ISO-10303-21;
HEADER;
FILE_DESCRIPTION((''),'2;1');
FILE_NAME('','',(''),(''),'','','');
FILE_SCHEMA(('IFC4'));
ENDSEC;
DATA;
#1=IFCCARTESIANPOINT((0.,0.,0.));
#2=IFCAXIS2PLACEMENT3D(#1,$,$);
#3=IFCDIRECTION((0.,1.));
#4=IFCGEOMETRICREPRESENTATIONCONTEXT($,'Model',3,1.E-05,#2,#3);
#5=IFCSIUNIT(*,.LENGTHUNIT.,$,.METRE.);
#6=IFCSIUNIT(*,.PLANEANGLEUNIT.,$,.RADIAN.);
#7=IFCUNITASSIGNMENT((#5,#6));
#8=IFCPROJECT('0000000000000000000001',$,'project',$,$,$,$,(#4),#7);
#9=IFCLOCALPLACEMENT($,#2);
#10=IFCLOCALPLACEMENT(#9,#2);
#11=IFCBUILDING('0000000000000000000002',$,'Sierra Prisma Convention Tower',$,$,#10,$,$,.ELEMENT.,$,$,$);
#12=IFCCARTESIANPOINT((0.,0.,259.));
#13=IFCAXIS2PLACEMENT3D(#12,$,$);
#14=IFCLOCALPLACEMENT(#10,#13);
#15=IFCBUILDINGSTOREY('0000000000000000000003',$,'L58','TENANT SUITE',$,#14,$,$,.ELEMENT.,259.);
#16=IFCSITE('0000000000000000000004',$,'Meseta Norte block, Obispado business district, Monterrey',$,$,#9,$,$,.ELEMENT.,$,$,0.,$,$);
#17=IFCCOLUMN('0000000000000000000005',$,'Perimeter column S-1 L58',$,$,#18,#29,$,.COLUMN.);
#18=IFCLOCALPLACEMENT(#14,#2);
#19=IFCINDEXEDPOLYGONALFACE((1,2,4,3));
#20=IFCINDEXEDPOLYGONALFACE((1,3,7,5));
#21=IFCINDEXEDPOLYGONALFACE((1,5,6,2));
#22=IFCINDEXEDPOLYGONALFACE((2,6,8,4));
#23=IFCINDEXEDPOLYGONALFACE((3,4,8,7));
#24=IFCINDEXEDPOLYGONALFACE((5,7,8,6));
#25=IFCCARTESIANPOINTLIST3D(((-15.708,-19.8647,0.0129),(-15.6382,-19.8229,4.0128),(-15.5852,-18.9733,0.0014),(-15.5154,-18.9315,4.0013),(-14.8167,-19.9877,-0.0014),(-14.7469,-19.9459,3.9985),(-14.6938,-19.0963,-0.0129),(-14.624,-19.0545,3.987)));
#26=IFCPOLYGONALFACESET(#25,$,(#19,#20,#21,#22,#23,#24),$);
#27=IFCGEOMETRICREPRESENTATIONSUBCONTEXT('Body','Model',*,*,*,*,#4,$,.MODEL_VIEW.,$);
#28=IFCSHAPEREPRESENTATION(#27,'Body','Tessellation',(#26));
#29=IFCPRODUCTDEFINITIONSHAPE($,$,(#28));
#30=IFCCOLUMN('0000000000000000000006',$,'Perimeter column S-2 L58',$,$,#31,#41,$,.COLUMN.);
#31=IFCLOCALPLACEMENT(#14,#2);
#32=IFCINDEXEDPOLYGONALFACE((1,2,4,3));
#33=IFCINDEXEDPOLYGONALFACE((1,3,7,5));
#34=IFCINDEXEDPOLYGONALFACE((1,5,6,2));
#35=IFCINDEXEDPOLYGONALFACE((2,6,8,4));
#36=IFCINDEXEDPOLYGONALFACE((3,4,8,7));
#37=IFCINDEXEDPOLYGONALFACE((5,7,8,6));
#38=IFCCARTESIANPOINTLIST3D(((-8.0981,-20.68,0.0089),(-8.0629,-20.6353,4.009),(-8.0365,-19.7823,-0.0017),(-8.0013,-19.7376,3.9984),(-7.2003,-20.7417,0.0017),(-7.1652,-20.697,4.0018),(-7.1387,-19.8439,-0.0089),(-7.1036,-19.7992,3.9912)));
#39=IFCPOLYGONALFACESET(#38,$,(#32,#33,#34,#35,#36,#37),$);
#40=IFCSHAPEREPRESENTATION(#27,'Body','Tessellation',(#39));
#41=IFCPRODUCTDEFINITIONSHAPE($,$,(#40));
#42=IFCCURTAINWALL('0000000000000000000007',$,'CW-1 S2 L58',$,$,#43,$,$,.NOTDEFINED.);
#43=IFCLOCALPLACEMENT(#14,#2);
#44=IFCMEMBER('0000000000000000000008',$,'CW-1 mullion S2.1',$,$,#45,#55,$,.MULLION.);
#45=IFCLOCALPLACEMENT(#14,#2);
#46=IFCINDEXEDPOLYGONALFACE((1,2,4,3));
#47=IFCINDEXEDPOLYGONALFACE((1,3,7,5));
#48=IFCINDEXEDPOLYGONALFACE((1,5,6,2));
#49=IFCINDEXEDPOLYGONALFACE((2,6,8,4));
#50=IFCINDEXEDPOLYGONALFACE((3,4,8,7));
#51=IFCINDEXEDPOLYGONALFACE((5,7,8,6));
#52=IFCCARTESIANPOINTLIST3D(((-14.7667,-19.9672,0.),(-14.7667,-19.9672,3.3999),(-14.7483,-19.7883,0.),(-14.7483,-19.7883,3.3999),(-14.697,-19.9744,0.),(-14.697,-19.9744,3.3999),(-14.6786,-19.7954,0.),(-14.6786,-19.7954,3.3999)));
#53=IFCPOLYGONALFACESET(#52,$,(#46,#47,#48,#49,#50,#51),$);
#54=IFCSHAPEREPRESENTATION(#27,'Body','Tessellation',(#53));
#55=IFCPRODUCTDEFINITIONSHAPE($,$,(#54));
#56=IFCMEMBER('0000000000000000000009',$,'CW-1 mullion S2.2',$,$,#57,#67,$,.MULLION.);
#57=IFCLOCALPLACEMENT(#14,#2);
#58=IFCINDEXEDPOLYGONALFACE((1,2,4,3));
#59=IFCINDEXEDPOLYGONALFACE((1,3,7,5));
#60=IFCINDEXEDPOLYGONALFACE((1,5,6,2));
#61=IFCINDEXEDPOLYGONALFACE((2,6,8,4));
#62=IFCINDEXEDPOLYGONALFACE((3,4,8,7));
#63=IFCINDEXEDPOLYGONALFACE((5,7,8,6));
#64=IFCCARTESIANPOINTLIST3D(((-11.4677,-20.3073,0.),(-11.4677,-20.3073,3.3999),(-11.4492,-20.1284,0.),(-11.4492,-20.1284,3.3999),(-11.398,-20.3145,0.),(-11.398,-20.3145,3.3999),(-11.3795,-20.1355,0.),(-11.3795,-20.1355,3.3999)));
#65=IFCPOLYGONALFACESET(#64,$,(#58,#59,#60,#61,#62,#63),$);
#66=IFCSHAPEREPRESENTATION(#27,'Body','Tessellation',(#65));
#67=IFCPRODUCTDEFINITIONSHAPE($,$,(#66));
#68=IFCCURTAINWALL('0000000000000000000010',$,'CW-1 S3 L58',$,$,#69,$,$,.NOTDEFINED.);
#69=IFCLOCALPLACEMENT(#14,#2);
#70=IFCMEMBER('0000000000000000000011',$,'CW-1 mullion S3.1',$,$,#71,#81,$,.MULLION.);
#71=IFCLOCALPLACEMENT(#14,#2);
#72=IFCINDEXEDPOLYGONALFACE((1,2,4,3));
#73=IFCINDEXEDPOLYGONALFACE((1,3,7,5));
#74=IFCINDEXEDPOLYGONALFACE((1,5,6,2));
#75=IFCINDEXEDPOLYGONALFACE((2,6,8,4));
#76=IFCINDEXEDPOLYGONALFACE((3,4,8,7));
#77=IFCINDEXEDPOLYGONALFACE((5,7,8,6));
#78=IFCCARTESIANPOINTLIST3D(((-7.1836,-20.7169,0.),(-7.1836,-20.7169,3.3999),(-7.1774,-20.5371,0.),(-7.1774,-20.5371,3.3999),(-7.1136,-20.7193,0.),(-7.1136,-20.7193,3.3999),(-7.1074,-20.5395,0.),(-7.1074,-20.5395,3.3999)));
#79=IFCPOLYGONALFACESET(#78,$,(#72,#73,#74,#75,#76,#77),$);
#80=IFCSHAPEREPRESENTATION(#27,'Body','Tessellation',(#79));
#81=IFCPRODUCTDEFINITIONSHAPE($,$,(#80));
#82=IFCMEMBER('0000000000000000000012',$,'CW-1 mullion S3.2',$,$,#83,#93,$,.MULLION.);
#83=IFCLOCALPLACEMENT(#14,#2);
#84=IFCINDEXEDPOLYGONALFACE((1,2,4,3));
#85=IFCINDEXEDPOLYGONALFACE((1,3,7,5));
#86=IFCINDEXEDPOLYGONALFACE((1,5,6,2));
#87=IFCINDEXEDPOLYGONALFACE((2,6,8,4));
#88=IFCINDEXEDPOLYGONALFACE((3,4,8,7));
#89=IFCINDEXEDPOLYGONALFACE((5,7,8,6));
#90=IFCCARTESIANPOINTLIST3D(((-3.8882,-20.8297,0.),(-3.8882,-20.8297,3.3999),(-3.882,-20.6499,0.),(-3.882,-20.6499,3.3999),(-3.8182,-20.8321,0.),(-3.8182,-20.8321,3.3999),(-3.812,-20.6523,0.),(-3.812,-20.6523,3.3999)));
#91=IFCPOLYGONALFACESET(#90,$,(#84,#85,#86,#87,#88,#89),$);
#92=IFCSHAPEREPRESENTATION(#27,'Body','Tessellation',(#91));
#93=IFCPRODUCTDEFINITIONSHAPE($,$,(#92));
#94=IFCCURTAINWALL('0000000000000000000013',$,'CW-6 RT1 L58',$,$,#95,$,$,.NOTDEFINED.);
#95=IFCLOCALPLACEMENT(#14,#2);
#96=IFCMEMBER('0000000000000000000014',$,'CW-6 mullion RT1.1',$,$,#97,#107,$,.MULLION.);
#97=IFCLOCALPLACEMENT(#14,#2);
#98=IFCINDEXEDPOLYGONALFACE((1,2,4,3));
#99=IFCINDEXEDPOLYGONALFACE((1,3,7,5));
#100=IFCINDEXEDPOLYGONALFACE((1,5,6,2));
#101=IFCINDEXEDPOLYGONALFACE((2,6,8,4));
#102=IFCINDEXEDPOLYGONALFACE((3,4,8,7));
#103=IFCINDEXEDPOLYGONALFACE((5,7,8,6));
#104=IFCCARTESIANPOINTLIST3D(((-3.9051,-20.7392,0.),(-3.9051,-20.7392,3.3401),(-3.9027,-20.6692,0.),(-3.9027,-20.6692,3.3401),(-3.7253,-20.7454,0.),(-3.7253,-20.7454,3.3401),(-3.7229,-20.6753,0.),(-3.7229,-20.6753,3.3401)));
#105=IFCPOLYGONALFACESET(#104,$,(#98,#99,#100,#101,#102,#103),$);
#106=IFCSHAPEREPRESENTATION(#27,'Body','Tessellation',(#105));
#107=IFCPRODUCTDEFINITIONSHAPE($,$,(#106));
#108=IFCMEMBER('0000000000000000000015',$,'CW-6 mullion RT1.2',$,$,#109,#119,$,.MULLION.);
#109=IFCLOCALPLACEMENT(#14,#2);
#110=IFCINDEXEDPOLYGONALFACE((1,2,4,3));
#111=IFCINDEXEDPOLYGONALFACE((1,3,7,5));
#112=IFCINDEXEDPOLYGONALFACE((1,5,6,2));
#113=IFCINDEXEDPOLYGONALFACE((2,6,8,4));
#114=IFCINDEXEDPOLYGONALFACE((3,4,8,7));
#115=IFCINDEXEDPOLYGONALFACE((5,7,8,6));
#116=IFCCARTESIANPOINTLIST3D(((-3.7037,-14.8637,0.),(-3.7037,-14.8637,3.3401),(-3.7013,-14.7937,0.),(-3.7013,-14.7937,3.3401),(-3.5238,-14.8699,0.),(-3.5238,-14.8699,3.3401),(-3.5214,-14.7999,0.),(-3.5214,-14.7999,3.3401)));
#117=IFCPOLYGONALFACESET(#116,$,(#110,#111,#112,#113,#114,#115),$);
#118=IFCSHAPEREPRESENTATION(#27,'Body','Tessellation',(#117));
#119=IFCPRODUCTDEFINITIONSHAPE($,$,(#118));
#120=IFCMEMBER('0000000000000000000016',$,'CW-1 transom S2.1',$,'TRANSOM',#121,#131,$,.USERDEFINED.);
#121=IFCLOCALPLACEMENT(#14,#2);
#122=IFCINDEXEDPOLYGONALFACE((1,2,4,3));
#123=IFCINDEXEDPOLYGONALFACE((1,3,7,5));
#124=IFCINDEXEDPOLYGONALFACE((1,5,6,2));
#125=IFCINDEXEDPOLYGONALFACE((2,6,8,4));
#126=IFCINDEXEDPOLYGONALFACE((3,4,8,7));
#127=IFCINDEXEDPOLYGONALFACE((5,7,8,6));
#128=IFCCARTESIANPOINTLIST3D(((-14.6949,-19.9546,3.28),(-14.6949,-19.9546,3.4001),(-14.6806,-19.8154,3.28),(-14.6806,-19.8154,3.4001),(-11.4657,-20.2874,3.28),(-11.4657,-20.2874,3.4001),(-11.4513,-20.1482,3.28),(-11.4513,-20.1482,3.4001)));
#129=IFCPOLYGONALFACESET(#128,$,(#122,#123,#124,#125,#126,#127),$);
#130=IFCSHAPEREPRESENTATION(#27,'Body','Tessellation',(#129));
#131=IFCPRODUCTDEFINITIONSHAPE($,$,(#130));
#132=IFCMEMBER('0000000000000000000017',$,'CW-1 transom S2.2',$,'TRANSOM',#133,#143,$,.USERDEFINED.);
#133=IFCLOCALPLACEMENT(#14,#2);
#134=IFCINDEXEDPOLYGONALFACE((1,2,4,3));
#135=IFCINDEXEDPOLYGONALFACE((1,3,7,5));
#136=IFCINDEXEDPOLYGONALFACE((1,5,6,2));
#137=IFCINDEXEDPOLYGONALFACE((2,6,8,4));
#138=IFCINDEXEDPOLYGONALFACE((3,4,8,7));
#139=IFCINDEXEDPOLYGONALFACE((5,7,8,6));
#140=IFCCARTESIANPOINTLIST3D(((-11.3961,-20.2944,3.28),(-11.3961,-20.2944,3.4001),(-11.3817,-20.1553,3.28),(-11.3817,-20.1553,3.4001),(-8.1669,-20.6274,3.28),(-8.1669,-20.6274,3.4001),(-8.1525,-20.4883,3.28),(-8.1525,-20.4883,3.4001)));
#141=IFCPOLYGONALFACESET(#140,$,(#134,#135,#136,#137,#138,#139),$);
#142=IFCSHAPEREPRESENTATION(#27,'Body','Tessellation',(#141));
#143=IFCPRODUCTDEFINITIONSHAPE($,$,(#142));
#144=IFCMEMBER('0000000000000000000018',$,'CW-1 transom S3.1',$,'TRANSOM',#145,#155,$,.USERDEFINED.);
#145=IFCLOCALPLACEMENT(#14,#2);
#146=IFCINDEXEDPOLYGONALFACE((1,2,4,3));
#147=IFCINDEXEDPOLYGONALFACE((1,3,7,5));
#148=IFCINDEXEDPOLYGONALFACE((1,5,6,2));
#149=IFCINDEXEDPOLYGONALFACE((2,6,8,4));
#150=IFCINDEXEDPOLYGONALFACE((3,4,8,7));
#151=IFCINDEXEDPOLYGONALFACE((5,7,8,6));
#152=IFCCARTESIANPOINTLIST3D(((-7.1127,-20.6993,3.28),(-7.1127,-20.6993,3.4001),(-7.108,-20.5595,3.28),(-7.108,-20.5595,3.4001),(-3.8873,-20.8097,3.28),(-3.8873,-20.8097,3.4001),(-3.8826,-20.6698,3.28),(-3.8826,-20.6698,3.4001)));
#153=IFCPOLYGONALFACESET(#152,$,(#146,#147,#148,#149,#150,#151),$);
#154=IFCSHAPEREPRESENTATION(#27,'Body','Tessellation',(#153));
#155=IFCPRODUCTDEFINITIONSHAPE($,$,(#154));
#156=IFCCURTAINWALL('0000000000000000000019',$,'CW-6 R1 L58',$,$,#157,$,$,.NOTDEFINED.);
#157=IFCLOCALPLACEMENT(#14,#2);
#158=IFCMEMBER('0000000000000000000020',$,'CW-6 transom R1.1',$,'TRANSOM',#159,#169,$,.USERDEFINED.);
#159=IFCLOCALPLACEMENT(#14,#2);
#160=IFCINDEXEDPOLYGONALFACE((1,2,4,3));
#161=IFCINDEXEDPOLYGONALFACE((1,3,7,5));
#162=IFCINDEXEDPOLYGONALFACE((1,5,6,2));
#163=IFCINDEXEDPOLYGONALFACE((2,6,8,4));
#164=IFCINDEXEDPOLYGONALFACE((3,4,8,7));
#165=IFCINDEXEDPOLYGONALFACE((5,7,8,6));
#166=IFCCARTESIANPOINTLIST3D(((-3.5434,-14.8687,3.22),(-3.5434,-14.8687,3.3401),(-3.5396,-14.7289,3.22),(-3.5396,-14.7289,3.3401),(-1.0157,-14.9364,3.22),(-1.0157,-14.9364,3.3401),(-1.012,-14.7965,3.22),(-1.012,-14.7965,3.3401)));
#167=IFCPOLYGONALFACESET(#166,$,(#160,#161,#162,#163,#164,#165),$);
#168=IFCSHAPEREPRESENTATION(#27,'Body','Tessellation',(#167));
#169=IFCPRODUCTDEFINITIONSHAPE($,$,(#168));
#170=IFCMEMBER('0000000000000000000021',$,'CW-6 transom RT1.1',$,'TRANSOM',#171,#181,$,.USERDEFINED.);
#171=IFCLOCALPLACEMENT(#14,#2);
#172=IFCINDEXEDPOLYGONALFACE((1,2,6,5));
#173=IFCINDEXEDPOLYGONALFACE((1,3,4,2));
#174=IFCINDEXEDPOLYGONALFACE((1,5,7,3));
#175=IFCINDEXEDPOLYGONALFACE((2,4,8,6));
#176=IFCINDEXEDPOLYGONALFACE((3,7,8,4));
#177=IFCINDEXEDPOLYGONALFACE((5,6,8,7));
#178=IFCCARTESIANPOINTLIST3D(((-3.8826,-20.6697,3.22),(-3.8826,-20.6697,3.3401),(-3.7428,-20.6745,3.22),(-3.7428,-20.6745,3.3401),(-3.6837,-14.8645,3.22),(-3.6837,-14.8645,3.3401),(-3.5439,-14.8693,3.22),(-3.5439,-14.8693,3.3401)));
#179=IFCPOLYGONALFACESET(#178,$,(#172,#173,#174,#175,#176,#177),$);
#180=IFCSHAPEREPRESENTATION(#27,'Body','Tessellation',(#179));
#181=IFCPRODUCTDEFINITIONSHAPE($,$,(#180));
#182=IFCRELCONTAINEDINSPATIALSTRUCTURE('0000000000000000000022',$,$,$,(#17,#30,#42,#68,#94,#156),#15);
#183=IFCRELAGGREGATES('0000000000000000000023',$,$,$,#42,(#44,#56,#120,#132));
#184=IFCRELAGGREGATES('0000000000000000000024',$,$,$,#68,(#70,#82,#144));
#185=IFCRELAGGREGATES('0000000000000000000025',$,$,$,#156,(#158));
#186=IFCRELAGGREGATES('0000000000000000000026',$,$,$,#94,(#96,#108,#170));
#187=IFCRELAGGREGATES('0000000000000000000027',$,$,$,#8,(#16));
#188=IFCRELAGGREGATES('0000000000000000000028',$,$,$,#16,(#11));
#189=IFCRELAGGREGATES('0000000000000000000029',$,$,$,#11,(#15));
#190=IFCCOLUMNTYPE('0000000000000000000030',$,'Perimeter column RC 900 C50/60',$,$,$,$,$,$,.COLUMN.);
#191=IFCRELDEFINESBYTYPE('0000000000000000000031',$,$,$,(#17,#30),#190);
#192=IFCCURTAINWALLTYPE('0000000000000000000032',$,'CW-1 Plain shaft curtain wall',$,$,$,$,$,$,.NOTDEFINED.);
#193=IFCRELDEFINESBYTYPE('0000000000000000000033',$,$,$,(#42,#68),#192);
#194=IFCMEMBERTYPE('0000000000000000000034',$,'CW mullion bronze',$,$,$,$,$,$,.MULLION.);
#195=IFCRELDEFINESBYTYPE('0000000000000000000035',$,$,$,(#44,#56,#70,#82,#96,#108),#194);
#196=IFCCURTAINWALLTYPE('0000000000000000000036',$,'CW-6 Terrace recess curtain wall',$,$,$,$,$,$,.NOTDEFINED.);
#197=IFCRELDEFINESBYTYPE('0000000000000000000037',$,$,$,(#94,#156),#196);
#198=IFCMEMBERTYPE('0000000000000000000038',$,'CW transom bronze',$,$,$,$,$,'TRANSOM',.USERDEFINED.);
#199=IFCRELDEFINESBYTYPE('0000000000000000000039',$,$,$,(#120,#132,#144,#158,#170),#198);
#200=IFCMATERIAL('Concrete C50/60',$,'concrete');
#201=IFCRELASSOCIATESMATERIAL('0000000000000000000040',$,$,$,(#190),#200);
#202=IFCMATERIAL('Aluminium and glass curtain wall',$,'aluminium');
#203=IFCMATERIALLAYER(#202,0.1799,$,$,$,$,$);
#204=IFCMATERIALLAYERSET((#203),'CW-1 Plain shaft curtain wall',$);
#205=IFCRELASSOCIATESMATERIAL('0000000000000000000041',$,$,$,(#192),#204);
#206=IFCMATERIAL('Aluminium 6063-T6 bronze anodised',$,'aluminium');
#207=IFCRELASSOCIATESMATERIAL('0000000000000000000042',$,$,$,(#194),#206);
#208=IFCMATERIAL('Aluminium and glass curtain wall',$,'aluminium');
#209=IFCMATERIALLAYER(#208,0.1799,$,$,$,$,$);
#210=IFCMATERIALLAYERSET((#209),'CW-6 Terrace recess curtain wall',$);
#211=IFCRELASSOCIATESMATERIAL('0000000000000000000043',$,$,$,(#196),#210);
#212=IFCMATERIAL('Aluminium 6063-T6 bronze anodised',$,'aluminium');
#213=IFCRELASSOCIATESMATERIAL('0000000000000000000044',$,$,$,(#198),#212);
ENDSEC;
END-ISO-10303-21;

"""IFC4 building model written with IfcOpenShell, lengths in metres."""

from ifc_helpers import new_model, si_unit, direction, frame, origin, origin_2d, place, context, subcontext, project, spatial, rectangle, extrude, material, layer, layer_set, material_profile, profile_set, type_object, element, aggregate, save


model = new_model("IFC4")

# Units and contexts
model_context = context("Model", 3, precision=1e-05, world=origin(), true_north=direction((0.0, 1.0)))
body_context = subcontext(model_context, "Body", "Model", "MODEL_VIEW")
ifc_project = project(units=[si_unit("LENGTHUNIT", "METRE"), si_unit("PLANEANGLEUNIT", "RADIAN")], contexts=[model_context])

# Site, building, storey
site_placement = place(None, origin())
site = spatial("IfcSite", under=ifc_project, at=site_placement, Name="Meseta Norte block, Obispado business district, Monterrey", CompositionType="ELEMENT", RefElevation=0.0)
building_placement = place(site_placement, origin())
building = spatial("IfcBuilding", under=site, at=building_placement, Name="Sierra Prisma Convention Tower", CompositionType="ELEMENT")
storey_placement = place(building_placement, frame((0.0, 0.0, 259.0)))
storey = spatial("IfcBuildingStorey", under=building, at=storey_placement, Name="L58", Description="TENANT SUITE", CompositionType="ELEMENT", Elevation=259.0)

# Columns
ifc_material_1 = material(Name="Concrete C50/60", Category="concrete")
ifc_material_profile_1 = material_profile(ifc_material_1, rectangle(XDim=0.8999, YDim=0.8999, at=origin_2d()), Name="Perimeter column RC 900 C50/60")
ifc_profile_set_1 = profile_set([ifc_material_profile_1], Name="Concrete C50/60")
column_type = type_object("IfcColumnType", Name="Perimeter column RC 900 C50/60", PredefinedType="COLUMN", material=ifc_profile_set_1)
column_1_placement = place(storey_placement, frame((-15.2009, -19.4805, 0.0), z_axis=(0.017452, 0.010435, 0.999793), x_axis=(-0.990486, 0.136693, 0.015863)))
element("IfcColumn", 1, at=column_1_placement, inside=storey, type_object=column_type, Name="Perimeter column S-1 L58", PredefinedType="COLUMN", context=body_context, shape_type="SweptSolid", body=[
    extrude(rectangle(XDim=0.8999, YDim=0.8999, at=origin_2d()), origin(), (0.0, 0.0, 1.0), 4.0007),
])
column_2_placement = place(storey_placement, frame((-7.6184, -20.262, 0.0), z_axis=(0.008788, 0.011168, 0.999899), x_axis=(-0.997618, 0.068513, 0.008003)))
element("IfcColumn", 2, at=column_2_placement, inside=storey, type_object=column_type, Name="Perimeter column S-2 L58", PredefinedType="COLUMN", context=body_context, shape_type="SweptSolid", body=[
    extrude(rectangle(XDim=0.8999, YDim=0.8999, at=origin_2d()), origin(), (0.0, 0.0, 1.0), 4.0005),
])

# Curtain walls, members
ifc_material_2 = material(Name="Aluminium and glass curtain wall", Category="aluminium")
ifc_layer_1 = layer(ifc_material_2, 0.1799)
ifc_layer_set_1 = layer_set([ifc_layer_1], Name="CW-1 Plain shaft curtain wall")
curtain_wall_type_1 = type_object("IfcCurtainWallType", Name="CW-1 Plain shaft curtain wall", PredefinedType="NOTDEFINED", material=ifc_layer_set_1)
curtain_wall_1_placement = place(storey_placement, origin())
curtain_wall_1 = element("IfcCurtainWall", 3, at=curtain_wall_1_placement, inside=storey, type_object=curtain_wall_type_1, Name="CW-1 S2 L58", PredefinedType="NOTDEFINED")
ifc_material_3 = material(Name="Aluminium 6063-T6 bronze anodised", Category="aluminium")
ifc_material_profile_2 = material_profile(ifc_material_3, rectangle(XDim=0.1799, YDim=0.0701, at=origin_2d()), Name="ALU MULLION 70x180")
ifc_profile_set_2 = profile_set([ifc_material_profile_2], Name="Aluminium 6063-T6 bronze anodised")
member_type_1 = type_object("IfcMemberType", Name="CW mullion bronze", PredefinedType="MULLION", material=ifc_profile_set_2)
member_1_placement = place(storey_placement, frame((-14.7227, -19.8813, 0.0), z_axis=(0.0, 0.0, 1.0), x_axis=(0.102529, 0.99473, 0.0)))
member_1 = element("IfcMember", 4, at=member_1_placement, type_object=member_type_1, Name="CW-1 mullion S2.1", PredefinedType="MULLION", context=body_context, shape_type="SweptSolid", body=[
    extrude(rectangle(XDim=0.1799, YDim=0.0701, at=origin_2d()), origin(), (0.0, 0.0, 1.0), 3.3999),
])
member_2_placement = place(storey_placement, frame((-11.4236, -20.2214, 0.0), z_axis=(0.0, 0.0, 1.0), x_axis=(0.102529, 0.99473, 0.0)))
member_2 = element("IfcMember", 5, at=member_2_placement, type_object=member_type_1, Name="CW-1 mullion S2.2", PredefinedType="MULLION", context=body_context, shape_type="SweptSolid", body=[
    extrude(rectangle(XDim=0.1799, YDim=0.0701, at=origin_2d()), origin(), (0.0, 0.0, 1.0), 3.3999),
])
curtain_wall_2_placement = place(storey_placement, origin())
curtain_wall_2 = element("IfcCurtainWall", 6, at=curtain_wall_2_placement, inside=storey, type_object=curtain_wall_type_1, Name="CW-1 S3 L58", PredefinedType="NOTDEFINED")
member_3_placement = place(storey_placement, frame((-7.1455, -20.6282, 0.0), z_axis=(0.0, 0.0, 1.0), x_axis=(0.03423, 0.999414, 0.0)))
member_3 = element("IfcMember", 7, at=member_3_placement, type_object=member_type_1, Name="CW-1 mullion S3.1", PredefinedType="MULLION", context=body_context, shape_type="SweptSolid", body=[
    extrude(rectangle(XDim=0.1799, YDim=0.0701, at=origin_2d()), origin(), (0.0, 0.0, 1.0), 3.3999),
])
member_4_placement = place(storey_placement, frame((-3.8501, -20.741, 0.0), z_axis=(0.0, 0.0, 1.0), x_axis=(0.03423, 0.999414, 0.0)))
member_4 = element("IfcMember", 8, at=member_4_placement, type_object=member_type_1, Name="CW-1 mullion S3.2", PredefinedType="MULLION", context=body_context, shape_type="SweptSolid", body=[
    extrude(rectangle(XDim=0.1799, YDim=0.0701, at=origin_2d()), origin(), (0.0, 0.0, 1.0), 3.3999),
])
ifc_material_4 = material(Name="Aluminium and glass curtain wall", Category="aluminium")
ifc_layer_2 = layer(ifc_material_4, 0.1799)
ifc_layer_set_2 = layer_set([ifc_layer_2], Name="CW-6 Terrace recess curtain wall")
curtain_wall_type_2 = type_object("IfcCurtainWallType", Name="CW-6 Terrace recess curtain wall", PredefinedType="NOTDEFINED", material=ifc_layer_set_2)
curtain_wall_3_placement = place(storey_placement, origin())
curtain_wall_3 = element("IfcCurtainWall", 9, at=curtain_wall_3_placement, inside=storey, type_object=curtain_wall_type_2, Name="CW-6 RT1 L58", PredefinedType="NOTDEFINED")
member_5_placement = place(storey_placement, frame((-3.814, -20.7073, 0.0), z_axis=(0.0, 0.0, 1.0), x_axis=(-0.999414, 0.03423, 0.0)))
member_5 = element("IfcMember", 10, at=member_5_placement, type_object=member_type_1, Name="CW-6 mullion RT1.1", PredefinedType="MULLION", context=body_context, shape_type="SweptSolid", body=[
    extrude(rectangle(XDim=0.1799, YDim=0.0701, at=origin_2d()), origin(), (0.0, 0.0, 1.0), 3.3401),
])
member_6_placement = place(storey_placement, frame((-3.6125, -14.8318, 0.0), z_axis=(0.0, 0.0, 1.0), x_axis=(-0.999414, 0.03423, 0.0)))
member_6 = element("IfcMember", 11, at=member_6_placement, type_object=member_type_1, Name="CW-6 mullion RT1.2", PredefinedType="MULLION", context=body_context, shape_type="SweptSolid", body=[
    extrude(rectangle(XDim=0.1799, YDim=0.0701, at=origin_2d()), origin(), (0.0, 0.0, 1.0), 3.3401),
])

# Members
ifc_material_5 = material(Name="Aluminium 6063-T6 bronze anodised", Category="aluminium")
ifc_material_profile_3 = material_profile(ifc_material_5, rectangle(XDim=0.1399, YDim=0.1201, at=origin_2d()), Name="ALU TRANSOM 120x140")
ifc_profile_set_3 = profile_set([ifc_material_profile_3], Name="Aluminium 6063-T6 bronze anodised")
member_type_2 = type_object("IfcMemberType", Name="CW transom bronze", ElementType="TRANSOM", PredefinedType="USERDEFINED", material=ifc_profile_set_3)
member_7_placement = place(storey_placement, frame((-14.6877, -19.885, 3.3401), z_axis=(0.994733, -0.102504, 0.0), x_axis=(0.102504, 0.994733, 0.0)))
member_7 = element("IfcMember", 12, at=member_7_placement, type_object=member_type_2, Name="CW-1 transom S2.1", ObjectType="TRANSOM", PredefinedType="USERDEFINED", context=body_context, shape_type="SweptSolid", body=[
    extrude(rectangle(XDim=0.1399, YDim=0.1201, at=origin_2d()), origin(), (0.0, 0.0, 1.0), 3.2463),
])
member_8_placement = place(storey_placement, frame((-11.3889, -20.2249, 3.3401), z_axis=(0.994725, -0.102578, 0.0), x_axis=(0.102578, 0.994725, 0.0)))
member_8 = element("IfcMember", 13, at=member_8_placement, type_object=member_type_2, Name="CW-1 transom S2.2", ObjectType="TRANSOM", PredefinedType="USERDEFINED", context=body_context, shape_type="SweptSolid", body=[
    extrude(rectangle(XDim=0.1399, YDim=0.1201, at=origin_2d()), origin(), (0.0, 0.0, 1.0), 3.2463),
])
member_9_placement = place(storey_placement, frame((-7.1104, -20.6294, 3.3401), z_axis=(0.999415, -0.034194, 0.0), x_axis=(0.034194, 0.999415, 0.0)))
member_9 = element("IfcMember", 14, at=member_9_placement, type_object=member_type_2, Name="CW-1 transom S3.1", ObjectType="TRANSOM", PredefinedType="USERDEFINED", context=body_context, shape_type="SweptSolid", body=[
    extrude(rectangle(XDim=0.1399, YDim=0.1201, at=origin_2d()), origin(), (0.0, 0.0, 1.0), 3.2273),
])

# Curtain wall, member
curtain_wall_4_placement = place(storey_placement, origin())
curtain_wall_4 = element("IfcCurtainWall", 15, at=curtain_wall_4_placement, inside=storey, type_object=curtain_wall_type_2, Name="CW-6 R1 L58", PredefinedType="NOTDEFINED")
member_10_placement = place(storey_placement, frame((-3.5415, -14.7988, 3.28), z_axis=(0.999642, -0.026746, 0.0), x_axis=(0.026746, 0.999642, 0.0)))
member_10 = element("IfcMember", 16, at=member_10_placement, type_object=member_type_2, Name="CW-6 transom R1.1", ObjectType="TRANSOM", PredefinedType="USERDEFINED", context=body_context, shape_type="SweptSolid", body=[
    extrude(rectangle(XDim=0.1399, YDim=0.1201, at=origin_2d()), origin(), (0.0, 0.0, 1.0), 2.5286),
])

# Member
member_11_placement = place(storey_placement, frame((-3.8127, -20.6721, 3.28), z_axis=(0.034255, 0.999413, 0.0), x_axis=(-0.999413, 0.034255, 0.0)))
member_11 = element("IfcMember", 17, at=member_11_placement, type_object=member_type_2, Name="CW-6 transom RT1.1", ObjectType="TRANSOM", PredefinedType="USERDEFINED", context=body_context, shape_type="SweptSolid", body=[
    extrude(rectangle(XDim=0.1399, YDim=0.1201, at=origin_2d()), origin(), (0.0, 0.0, 1.0), 5.8086),
])

aggregate(curtain_wall_1, [member_1, member_2, member_7, member_8])
aggregate(curtain_wall_2, [member_3, member_4, member_9])

aggregate(curtain_wall_4, [member_10])
aggregate(curtain_wall_3, [member_5, member_6, member_11])

save(model, "model.ifc")
